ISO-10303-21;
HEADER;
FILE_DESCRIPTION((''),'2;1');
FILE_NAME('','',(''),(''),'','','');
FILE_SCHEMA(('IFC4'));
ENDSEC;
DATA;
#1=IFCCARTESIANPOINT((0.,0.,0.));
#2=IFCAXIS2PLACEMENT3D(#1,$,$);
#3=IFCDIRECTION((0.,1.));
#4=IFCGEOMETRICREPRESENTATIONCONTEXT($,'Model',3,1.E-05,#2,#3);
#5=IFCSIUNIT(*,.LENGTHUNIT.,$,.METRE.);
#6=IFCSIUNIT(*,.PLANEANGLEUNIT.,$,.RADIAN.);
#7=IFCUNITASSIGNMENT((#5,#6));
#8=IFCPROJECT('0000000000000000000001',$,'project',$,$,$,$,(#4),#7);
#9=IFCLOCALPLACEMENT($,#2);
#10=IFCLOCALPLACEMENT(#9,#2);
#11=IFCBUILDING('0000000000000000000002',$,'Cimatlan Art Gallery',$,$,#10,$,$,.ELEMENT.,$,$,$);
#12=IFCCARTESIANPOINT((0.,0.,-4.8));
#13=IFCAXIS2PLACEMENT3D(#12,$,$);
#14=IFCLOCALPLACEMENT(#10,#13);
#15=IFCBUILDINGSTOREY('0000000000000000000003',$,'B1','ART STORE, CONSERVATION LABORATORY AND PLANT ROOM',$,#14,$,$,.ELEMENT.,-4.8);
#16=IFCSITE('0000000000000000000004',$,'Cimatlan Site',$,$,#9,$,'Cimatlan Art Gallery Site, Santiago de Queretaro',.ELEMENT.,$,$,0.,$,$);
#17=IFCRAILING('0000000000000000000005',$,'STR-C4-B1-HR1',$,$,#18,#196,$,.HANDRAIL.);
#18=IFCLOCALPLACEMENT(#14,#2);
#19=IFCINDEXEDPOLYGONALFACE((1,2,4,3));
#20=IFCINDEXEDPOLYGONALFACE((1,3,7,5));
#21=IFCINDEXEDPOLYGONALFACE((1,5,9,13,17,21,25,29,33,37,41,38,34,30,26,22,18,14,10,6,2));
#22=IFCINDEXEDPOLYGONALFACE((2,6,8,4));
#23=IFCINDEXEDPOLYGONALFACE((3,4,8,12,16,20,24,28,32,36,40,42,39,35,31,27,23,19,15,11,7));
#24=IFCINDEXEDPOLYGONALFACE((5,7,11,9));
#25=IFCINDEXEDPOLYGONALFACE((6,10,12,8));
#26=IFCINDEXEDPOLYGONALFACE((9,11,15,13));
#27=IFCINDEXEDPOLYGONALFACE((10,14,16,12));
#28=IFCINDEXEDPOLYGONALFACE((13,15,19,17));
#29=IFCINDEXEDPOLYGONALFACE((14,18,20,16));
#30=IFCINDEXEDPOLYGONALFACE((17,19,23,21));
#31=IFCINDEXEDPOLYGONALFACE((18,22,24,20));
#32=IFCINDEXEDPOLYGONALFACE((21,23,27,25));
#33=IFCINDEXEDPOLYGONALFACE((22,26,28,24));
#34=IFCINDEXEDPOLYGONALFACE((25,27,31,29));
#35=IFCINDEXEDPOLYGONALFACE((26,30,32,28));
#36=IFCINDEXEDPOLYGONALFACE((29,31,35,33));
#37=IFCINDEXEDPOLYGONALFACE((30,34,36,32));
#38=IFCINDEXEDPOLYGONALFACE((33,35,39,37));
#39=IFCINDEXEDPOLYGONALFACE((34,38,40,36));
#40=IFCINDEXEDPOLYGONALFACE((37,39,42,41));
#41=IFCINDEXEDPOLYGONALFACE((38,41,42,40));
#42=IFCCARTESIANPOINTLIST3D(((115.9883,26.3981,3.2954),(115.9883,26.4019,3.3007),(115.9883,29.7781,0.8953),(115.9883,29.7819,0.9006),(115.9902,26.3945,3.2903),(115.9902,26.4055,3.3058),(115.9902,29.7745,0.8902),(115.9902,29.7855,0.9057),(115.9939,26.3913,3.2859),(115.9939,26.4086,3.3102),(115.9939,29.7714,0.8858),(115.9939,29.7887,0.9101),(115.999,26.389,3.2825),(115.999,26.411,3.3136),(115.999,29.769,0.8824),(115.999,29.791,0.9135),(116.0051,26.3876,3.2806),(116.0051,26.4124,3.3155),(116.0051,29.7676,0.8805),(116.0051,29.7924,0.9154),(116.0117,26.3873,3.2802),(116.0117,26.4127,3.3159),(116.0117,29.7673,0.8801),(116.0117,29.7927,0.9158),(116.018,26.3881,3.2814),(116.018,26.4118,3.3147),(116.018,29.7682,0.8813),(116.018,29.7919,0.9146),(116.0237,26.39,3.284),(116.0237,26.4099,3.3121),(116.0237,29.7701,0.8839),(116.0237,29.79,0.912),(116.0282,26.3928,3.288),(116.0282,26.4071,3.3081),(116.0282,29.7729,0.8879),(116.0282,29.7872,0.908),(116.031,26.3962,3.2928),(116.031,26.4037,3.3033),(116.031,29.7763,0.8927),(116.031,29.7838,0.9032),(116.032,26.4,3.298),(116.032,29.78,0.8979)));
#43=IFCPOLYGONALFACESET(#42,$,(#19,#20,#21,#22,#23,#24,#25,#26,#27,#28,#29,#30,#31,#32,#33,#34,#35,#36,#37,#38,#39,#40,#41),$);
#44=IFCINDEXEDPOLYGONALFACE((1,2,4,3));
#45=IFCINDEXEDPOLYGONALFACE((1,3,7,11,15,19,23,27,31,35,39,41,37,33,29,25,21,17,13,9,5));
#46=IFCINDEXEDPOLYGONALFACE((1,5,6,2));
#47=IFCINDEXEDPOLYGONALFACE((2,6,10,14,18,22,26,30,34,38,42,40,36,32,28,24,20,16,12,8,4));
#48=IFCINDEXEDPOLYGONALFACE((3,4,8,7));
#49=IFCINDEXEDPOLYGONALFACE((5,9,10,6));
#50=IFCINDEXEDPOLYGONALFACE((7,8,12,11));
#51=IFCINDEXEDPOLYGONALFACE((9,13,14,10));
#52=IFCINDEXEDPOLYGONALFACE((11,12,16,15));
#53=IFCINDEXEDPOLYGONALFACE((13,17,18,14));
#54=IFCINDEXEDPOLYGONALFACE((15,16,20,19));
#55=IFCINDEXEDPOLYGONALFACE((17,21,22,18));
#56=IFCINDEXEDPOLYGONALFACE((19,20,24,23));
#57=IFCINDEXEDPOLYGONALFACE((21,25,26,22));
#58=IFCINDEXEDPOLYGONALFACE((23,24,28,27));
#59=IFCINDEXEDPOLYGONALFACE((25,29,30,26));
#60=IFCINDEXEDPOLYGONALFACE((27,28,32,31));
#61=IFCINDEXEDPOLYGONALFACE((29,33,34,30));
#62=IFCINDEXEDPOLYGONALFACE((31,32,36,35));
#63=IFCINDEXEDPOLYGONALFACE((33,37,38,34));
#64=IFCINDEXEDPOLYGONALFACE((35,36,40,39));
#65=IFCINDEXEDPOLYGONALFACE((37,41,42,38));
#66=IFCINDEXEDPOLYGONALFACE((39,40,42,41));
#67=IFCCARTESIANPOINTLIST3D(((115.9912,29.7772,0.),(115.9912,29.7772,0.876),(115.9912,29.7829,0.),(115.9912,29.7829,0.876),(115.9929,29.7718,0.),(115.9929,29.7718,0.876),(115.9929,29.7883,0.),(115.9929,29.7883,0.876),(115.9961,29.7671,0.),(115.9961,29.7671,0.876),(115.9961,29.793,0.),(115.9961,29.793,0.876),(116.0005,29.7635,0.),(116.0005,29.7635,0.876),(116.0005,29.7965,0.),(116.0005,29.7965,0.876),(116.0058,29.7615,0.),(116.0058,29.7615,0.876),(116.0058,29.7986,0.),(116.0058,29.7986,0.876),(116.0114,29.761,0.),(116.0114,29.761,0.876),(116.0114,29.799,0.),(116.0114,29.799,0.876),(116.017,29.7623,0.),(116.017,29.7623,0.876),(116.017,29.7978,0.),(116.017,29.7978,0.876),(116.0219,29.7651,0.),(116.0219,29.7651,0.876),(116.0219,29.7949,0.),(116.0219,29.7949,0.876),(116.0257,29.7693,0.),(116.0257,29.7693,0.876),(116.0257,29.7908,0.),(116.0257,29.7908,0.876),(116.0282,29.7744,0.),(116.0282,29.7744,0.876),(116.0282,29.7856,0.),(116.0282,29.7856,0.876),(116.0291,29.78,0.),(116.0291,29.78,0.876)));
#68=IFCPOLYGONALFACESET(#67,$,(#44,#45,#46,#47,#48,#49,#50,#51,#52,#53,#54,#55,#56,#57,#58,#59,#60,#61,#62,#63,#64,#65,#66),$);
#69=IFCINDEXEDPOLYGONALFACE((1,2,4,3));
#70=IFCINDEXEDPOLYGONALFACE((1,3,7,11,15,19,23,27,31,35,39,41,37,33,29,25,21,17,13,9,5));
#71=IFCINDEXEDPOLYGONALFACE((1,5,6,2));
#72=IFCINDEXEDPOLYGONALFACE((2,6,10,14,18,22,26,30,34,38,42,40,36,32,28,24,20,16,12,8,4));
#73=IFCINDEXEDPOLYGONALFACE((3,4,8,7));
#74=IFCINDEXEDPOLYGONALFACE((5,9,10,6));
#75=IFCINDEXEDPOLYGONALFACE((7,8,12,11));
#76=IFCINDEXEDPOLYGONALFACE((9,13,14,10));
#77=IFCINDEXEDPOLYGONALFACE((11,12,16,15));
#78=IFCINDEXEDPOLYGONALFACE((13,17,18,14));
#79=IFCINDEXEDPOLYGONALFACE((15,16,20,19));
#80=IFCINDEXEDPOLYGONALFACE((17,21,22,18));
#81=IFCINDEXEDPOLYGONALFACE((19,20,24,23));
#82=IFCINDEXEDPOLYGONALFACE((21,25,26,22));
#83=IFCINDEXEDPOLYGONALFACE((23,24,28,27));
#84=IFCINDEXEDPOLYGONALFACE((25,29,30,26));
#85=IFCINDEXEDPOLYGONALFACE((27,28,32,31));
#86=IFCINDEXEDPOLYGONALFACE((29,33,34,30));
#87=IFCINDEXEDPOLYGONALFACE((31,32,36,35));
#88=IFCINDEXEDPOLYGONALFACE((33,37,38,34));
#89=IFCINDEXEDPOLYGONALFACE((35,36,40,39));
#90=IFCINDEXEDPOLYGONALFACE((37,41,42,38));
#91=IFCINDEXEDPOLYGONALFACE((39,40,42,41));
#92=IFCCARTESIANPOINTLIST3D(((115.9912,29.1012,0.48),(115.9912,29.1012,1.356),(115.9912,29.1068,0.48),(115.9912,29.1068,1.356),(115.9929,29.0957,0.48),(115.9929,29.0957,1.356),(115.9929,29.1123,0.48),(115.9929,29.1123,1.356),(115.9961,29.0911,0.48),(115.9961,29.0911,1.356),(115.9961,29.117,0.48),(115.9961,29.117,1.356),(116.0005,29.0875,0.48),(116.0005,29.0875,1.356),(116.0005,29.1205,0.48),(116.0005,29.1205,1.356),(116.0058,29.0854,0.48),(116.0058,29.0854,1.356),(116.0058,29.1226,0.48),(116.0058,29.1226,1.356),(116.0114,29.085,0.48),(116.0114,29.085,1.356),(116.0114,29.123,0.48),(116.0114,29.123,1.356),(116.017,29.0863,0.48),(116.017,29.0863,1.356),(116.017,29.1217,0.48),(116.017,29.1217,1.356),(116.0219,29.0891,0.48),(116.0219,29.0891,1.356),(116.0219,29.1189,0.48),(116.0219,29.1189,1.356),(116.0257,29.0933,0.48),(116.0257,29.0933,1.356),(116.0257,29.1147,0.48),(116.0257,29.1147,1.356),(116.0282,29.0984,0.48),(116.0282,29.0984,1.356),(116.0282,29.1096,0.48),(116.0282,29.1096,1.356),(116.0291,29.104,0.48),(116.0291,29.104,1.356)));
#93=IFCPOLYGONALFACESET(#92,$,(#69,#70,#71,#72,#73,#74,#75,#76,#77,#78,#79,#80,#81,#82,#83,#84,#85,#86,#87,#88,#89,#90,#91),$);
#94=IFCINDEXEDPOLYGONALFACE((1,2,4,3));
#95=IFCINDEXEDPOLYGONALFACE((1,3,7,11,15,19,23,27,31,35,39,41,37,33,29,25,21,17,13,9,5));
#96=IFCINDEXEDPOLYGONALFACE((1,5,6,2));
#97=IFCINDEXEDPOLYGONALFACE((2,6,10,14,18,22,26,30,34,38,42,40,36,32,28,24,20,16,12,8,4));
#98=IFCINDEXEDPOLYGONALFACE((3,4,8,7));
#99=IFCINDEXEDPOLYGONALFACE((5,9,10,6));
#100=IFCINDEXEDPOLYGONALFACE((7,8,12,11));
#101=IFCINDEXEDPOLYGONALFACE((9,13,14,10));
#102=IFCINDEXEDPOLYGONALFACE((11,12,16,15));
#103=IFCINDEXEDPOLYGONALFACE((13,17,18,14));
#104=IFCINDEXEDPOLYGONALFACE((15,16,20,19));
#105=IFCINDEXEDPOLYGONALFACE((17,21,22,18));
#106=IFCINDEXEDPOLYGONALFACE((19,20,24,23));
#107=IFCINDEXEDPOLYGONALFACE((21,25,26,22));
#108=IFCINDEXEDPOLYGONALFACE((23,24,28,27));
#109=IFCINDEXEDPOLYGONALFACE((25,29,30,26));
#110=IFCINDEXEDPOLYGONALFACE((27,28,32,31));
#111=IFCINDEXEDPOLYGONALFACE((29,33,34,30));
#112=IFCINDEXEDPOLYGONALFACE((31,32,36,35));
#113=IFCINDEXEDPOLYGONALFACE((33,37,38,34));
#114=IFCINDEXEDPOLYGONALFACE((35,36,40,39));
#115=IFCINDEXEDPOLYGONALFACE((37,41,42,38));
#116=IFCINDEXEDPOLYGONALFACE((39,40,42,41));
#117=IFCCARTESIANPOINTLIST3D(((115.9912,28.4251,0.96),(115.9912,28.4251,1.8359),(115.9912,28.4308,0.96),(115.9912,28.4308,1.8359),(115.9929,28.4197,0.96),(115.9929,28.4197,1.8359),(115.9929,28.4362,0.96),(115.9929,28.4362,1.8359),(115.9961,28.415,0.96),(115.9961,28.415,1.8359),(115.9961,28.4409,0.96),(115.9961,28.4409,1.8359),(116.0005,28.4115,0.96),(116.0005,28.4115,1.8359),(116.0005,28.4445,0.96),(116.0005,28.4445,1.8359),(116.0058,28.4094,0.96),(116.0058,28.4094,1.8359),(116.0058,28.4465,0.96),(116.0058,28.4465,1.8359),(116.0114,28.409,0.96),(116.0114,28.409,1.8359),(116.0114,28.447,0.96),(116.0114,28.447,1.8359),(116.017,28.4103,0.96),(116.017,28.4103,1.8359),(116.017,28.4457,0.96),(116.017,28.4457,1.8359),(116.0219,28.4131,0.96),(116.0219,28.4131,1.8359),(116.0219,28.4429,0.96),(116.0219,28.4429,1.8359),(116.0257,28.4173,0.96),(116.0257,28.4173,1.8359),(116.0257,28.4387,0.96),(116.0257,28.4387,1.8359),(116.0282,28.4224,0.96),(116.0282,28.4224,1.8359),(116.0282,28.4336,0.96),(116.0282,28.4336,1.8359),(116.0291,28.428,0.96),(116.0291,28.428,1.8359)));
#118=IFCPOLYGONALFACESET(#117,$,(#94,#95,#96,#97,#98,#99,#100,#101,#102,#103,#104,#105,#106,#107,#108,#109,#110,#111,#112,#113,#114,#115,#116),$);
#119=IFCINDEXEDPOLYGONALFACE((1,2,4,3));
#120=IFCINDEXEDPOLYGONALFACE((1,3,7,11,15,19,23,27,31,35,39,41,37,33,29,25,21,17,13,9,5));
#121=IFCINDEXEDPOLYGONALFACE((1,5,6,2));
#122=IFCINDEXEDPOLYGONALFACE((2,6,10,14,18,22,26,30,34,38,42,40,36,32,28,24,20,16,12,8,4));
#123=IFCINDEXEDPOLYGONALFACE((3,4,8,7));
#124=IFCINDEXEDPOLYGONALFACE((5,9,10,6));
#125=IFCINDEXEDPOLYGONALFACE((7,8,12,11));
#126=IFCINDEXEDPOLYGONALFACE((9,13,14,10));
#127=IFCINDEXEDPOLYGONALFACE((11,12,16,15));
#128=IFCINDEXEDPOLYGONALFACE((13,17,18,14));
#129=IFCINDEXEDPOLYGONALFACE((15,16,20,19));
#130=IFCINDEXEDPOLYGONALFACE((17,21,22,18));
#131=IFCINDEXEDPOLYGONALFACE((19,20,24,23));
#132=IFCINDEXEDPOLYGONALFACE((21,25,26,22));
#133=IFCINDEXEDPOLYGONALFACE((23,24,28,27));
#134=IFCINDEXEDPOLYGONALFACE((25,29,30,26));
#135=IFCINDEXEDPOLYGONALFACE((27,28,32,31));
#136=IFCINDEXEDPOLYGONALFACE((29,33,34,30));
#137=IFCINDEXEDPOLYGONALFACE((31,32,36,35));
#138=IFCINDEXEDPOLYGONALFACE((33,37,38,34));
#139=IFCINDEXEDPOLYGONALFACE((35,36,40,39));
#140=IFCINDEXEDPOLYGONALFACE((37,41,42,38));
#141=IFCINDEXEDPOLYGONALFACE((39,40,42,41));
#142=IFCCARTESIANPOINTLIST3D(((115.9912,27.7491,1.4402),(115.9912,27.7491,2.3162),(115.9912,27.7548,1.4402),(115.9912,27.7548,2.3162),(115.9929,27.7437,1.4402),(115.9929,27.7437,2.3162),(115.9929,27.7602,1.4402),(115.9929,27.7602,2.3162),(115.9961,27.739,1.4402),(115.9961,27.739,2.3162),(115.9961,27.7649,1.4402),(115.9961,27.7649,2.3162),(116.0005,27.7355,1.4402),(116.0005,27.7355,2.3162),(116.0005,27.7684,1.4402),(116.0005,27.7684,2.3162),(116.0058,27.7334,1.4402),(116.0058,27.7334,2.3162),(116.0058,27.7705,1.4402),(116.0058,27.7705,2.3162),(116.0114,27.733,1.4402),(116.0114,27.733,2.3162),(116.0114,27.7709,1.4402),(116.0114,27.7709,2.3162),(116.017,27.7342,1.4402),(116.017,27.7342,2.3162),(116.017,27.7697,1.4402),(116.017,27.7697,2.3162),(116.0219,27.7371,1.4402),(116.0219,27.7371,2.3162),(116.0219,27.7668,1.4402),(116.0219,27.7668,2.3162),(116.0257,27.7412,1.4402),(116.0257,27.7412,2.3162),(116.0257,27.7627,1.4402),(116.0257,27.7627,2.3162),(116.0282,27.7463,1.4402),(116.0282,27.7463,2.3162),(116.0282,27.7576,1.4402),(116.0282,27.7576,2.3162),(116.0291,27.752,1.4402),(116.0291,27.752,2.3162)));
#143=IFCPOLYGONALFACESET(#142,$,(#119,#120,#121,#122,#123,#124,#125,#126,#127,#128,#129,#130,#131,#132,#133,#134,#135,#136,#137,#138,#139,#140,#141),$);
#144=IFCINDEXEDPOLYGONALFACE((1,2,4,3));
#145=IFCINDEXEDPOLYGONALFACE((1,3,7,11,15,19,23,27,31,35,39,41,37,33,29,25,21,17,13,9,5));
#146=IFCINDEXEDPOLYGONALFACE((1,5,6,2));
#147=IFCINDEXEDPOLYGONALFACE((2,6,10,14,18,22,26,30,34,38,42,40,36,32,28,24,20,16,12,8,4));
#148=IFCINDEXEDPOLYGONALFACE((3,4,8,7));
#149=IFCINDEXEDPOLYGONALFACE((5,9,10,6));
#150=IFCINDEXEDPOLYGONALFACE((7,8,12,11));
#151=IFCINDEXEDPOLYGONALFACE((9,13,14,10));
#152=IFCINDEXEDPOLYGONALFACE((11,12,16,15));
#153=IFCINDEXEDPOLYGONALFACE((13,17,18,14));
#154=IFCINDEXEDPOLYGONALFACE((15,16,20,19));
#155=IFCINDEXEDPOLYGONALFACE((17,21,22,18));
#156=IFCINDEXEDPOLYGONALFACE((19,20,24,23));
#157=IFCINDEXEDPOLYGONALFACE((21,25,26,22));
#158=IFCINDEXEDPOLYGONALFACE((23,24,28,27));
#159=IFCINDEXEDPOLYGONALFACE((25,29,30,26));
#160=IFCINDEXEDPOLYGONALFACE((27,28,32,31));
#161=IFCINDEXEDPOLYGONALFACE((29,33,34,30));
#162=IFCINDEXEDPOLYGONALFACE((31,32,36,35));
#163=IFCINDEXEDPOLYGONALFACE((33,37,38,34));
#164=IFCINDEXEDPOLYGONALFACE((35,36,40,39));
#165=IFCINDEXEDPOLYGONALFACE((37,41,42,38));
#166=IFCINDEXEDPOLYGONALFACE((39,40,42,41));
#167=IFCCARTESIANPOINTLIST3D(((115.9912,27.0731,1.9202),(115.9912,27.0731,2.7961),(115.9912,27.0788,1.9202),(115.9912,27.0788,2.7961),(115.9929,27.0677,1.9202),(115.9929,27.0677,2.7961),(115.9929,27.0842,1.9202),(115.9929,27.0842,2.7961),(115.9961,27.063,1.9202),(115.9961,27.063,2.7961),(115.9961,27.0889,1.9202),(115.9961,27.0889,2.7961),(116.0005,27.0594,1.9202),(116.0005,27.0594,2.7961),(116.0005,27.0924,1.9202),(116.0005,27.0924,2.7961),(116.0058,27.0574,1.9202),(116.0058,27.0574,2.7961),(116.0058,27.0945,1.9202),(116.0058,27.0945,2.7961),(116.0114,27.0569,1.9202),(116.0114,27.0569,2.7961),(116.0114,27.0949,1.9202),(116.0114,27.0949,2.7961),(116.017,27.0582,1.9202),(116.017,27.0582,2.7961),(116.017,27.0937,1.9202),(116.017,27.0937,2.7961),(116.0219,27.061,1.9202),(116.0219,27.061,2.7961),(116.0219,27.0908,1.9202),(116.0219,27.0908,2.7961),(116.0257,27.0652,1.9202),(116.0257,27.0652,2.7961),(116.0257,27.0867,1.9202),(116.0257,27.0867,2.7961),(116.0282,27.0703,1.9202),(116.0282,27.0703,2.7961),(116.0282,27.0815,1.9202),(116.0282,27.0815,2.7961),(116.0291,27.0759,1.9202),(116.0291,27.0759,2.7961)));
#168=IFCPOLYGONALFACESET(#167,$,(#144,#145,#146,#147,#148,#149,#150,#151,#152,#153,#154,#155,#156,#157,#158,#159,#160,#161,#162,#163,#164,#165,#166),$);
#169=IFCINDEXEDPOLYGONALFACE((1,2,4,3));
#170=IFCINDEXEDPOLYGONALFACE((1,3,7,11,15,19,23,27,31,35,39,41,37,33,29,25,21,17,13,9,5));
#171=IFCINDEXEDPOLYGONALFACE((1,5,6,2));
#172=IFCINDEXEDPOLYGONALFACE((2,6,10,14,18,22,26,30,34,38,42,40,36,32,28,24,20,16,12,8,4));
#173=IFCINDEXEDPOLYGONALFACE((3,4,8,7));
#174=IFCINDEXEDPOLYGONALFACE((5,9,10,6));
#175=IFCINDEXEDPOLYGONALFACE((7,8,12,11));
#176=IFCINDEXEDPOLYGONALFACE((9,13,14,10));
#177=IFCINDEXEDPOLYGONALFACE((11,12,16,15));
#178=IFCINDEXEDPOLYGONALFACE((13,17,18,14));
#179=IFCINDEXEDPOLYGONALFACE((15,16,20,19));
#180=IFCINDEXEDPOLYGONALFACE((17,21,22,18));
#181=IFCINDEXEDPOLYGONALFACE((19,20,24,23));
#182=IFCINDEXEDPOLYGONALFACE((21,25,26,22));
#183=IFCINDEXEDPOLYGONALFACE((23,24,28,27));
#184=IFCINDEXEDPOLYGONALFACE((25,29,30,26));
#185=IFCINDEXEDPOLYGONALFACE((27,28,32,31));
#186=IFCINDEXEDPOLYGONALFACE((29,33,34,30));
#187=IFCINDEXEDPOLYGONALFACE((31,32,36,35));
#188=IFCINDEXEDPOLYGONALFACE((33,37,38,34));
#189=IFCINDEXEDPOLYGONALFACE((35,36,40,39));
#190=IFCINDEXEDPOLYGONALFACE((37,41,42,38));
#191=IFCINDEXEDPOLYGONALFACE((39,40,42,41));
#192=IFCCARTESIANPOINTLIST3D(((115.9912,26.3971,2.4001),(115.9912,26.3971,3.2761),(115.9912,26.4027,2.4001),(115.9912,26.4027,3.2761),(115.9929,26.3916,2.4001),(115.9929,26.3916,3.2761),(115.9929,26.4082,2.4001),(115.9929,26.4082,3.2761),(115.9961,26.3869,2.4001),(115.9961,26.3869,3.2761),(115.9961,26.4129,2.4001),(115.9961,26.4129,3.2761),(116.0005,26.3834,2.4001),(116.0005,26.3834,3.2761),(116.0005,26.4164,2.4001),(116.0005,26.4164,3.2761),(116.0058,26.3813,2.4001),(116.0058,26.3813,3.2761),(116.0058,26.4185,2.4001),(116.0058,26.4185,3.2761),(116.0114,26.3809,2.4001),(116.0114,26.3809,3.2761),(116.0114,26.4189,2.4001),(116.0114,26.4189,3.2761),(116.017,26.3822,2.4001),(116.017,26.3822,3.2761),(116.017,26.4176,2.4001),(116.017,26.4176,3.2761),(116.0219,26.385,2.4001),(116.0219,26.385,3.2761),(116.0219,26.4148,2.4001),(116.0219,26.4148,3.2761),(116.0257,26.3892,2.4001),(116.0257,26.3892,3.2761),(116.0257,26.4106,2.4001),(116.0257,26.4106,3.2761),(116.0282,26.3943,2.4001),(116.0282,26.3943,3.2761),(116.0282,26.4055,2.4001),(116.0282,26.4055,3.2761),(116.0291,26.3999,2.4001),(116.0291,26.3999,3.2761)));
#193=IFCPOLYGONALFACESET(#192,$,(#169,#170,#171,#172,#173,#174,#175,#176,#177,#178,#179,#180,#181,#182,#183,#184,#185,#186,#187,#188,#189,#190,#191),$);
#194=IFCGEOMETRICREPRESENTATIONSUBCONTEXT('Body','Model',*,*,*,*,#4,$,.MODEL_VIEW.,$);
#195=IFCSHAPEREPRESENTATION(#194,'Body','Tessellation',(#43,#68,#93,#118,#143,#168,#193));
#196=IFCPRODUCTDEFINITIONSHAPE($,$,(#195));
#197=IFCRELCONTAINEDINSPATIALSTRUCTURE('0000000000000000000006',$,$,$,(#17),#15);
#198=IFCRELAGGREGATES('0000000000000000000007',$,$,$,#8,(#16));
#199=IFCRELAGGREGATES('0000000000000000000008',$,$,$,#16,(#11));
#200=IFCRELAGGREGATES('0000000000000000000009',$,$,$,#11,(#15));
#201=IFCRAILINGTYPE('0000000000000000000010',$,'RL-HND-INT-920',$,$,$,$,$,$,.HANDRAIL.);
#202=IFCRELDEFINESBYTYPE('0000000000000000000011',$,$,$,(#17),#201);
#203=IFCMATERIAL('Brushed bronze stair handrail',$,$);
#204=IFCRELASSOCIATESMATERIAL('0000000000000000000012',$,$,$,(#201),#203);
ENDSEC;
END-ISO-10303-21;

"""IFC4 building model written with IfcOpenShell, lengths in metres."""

from ifc_helpers import new_model, si_unit, direction, frame, origin, origin_2d, place, context, subcontext, project, spatial, circle, extrude, material, type_object, element, save


model = new_model("IFC4")

# Units and contexts
model_context = context("Model", 3, precision=1e-05, world=origin(), true_north=direction((0.0, 1.0)))
body_context = subcontext(model_context, "Body", "Model", "MODEL_VIEW")
ifc_project = project(units=[si_unit("LENGTHUNIT", "METRE"), si_unit("PLANEANGLEUNIT", "RADIAN")], contexts=[model_context])

# Site, building, storey
site_placement = place(None, origin())
site = spatial("IfcSite", under=ifc_project, at=site_placement, Name="Cimatlan Site", LongName="Cimatlan Art Gallery Site, Santiago de Queretaro", CompositionType="ELEMENT", RefElevation=0.0)
building_placement = place(site_placement, origin())
building = spatial("IfcBuilding", under=site, at=building_placement, Name="Cimatlan Art Gallery", CompositionType="ELEMENT")
storey_placement = place(building_placement, frame((0.0, 0.0, -4.8)))
storey = spatial("IfcBuildingStorey", under=building, at=storey_placement, Name="B1", Description="ART STORE, CONSERVATION LABORATORY AND PLANT ROOM", CompositionType="ELEMENT", Elevation=-4.8)

# Railing
ifc_material_1 = material(Name="Brushed bronze stair handrail")
railing_type_1 = type_object("IfcRailingType", Name="RL-HND-INT-920", PredefinedType="HANDRAIL", material=ifc_material_1)
railing_1_placement = place(storey_placement, frame((116.01, 29.78, 0.0)))
element("IfcRailing", 1, at=railing_1_placement, inside=storey, type_object=railing_type_1, Name="STR-C4-B1-HR1", PredefinedType="HANDRAIL", context=body_context, shape_type="SweptSolid", body=[
    extrude(circle(Radius=0.022, at=origin_2d()), frame((0.0, 0.0, 0.8979), z_axis=(0.0, -0.815354, 0.578963), x_axis=(1.0, 0.0, 0.0)), (0.0, 0.0, 1.0), 4.1455),
    extrude(circle(Radius=0.019, at=origin_2d()), origin(), (0.0, 0.0, 1.0), 0.876),
    extrude(circle(Radius=0.019, at=origin_2d()), frame((0.0, -0.676, 0.48)), (0.0, 0.0, 1.0), 0.876),
    extrude(circle(Radius=0.019, at=origin_2d()), frame((0.0, -1.3521, 0.96)), (0.0, 0.0, 1.0), 0.876),
    extrude(circle(Radius=0.019, at=origin_2d()), frame((0.0, -2.0281, 1.4402)), (0.0, 0.0, 1.0), 0.876),
    extrude(circle(Radius=0.019, at=origin_2d()), frame((0.0, -2.7041, 1.9202)), (0.0, 0.0, 1.0), 0.876),
    extrude(circle(Radius=0.019, at=origin_2d()), frame((0.0, -3.3801, 2.4001)), (0.0, 0.0, 1.0), 0.876),
])

save(model, "model.ifc")
